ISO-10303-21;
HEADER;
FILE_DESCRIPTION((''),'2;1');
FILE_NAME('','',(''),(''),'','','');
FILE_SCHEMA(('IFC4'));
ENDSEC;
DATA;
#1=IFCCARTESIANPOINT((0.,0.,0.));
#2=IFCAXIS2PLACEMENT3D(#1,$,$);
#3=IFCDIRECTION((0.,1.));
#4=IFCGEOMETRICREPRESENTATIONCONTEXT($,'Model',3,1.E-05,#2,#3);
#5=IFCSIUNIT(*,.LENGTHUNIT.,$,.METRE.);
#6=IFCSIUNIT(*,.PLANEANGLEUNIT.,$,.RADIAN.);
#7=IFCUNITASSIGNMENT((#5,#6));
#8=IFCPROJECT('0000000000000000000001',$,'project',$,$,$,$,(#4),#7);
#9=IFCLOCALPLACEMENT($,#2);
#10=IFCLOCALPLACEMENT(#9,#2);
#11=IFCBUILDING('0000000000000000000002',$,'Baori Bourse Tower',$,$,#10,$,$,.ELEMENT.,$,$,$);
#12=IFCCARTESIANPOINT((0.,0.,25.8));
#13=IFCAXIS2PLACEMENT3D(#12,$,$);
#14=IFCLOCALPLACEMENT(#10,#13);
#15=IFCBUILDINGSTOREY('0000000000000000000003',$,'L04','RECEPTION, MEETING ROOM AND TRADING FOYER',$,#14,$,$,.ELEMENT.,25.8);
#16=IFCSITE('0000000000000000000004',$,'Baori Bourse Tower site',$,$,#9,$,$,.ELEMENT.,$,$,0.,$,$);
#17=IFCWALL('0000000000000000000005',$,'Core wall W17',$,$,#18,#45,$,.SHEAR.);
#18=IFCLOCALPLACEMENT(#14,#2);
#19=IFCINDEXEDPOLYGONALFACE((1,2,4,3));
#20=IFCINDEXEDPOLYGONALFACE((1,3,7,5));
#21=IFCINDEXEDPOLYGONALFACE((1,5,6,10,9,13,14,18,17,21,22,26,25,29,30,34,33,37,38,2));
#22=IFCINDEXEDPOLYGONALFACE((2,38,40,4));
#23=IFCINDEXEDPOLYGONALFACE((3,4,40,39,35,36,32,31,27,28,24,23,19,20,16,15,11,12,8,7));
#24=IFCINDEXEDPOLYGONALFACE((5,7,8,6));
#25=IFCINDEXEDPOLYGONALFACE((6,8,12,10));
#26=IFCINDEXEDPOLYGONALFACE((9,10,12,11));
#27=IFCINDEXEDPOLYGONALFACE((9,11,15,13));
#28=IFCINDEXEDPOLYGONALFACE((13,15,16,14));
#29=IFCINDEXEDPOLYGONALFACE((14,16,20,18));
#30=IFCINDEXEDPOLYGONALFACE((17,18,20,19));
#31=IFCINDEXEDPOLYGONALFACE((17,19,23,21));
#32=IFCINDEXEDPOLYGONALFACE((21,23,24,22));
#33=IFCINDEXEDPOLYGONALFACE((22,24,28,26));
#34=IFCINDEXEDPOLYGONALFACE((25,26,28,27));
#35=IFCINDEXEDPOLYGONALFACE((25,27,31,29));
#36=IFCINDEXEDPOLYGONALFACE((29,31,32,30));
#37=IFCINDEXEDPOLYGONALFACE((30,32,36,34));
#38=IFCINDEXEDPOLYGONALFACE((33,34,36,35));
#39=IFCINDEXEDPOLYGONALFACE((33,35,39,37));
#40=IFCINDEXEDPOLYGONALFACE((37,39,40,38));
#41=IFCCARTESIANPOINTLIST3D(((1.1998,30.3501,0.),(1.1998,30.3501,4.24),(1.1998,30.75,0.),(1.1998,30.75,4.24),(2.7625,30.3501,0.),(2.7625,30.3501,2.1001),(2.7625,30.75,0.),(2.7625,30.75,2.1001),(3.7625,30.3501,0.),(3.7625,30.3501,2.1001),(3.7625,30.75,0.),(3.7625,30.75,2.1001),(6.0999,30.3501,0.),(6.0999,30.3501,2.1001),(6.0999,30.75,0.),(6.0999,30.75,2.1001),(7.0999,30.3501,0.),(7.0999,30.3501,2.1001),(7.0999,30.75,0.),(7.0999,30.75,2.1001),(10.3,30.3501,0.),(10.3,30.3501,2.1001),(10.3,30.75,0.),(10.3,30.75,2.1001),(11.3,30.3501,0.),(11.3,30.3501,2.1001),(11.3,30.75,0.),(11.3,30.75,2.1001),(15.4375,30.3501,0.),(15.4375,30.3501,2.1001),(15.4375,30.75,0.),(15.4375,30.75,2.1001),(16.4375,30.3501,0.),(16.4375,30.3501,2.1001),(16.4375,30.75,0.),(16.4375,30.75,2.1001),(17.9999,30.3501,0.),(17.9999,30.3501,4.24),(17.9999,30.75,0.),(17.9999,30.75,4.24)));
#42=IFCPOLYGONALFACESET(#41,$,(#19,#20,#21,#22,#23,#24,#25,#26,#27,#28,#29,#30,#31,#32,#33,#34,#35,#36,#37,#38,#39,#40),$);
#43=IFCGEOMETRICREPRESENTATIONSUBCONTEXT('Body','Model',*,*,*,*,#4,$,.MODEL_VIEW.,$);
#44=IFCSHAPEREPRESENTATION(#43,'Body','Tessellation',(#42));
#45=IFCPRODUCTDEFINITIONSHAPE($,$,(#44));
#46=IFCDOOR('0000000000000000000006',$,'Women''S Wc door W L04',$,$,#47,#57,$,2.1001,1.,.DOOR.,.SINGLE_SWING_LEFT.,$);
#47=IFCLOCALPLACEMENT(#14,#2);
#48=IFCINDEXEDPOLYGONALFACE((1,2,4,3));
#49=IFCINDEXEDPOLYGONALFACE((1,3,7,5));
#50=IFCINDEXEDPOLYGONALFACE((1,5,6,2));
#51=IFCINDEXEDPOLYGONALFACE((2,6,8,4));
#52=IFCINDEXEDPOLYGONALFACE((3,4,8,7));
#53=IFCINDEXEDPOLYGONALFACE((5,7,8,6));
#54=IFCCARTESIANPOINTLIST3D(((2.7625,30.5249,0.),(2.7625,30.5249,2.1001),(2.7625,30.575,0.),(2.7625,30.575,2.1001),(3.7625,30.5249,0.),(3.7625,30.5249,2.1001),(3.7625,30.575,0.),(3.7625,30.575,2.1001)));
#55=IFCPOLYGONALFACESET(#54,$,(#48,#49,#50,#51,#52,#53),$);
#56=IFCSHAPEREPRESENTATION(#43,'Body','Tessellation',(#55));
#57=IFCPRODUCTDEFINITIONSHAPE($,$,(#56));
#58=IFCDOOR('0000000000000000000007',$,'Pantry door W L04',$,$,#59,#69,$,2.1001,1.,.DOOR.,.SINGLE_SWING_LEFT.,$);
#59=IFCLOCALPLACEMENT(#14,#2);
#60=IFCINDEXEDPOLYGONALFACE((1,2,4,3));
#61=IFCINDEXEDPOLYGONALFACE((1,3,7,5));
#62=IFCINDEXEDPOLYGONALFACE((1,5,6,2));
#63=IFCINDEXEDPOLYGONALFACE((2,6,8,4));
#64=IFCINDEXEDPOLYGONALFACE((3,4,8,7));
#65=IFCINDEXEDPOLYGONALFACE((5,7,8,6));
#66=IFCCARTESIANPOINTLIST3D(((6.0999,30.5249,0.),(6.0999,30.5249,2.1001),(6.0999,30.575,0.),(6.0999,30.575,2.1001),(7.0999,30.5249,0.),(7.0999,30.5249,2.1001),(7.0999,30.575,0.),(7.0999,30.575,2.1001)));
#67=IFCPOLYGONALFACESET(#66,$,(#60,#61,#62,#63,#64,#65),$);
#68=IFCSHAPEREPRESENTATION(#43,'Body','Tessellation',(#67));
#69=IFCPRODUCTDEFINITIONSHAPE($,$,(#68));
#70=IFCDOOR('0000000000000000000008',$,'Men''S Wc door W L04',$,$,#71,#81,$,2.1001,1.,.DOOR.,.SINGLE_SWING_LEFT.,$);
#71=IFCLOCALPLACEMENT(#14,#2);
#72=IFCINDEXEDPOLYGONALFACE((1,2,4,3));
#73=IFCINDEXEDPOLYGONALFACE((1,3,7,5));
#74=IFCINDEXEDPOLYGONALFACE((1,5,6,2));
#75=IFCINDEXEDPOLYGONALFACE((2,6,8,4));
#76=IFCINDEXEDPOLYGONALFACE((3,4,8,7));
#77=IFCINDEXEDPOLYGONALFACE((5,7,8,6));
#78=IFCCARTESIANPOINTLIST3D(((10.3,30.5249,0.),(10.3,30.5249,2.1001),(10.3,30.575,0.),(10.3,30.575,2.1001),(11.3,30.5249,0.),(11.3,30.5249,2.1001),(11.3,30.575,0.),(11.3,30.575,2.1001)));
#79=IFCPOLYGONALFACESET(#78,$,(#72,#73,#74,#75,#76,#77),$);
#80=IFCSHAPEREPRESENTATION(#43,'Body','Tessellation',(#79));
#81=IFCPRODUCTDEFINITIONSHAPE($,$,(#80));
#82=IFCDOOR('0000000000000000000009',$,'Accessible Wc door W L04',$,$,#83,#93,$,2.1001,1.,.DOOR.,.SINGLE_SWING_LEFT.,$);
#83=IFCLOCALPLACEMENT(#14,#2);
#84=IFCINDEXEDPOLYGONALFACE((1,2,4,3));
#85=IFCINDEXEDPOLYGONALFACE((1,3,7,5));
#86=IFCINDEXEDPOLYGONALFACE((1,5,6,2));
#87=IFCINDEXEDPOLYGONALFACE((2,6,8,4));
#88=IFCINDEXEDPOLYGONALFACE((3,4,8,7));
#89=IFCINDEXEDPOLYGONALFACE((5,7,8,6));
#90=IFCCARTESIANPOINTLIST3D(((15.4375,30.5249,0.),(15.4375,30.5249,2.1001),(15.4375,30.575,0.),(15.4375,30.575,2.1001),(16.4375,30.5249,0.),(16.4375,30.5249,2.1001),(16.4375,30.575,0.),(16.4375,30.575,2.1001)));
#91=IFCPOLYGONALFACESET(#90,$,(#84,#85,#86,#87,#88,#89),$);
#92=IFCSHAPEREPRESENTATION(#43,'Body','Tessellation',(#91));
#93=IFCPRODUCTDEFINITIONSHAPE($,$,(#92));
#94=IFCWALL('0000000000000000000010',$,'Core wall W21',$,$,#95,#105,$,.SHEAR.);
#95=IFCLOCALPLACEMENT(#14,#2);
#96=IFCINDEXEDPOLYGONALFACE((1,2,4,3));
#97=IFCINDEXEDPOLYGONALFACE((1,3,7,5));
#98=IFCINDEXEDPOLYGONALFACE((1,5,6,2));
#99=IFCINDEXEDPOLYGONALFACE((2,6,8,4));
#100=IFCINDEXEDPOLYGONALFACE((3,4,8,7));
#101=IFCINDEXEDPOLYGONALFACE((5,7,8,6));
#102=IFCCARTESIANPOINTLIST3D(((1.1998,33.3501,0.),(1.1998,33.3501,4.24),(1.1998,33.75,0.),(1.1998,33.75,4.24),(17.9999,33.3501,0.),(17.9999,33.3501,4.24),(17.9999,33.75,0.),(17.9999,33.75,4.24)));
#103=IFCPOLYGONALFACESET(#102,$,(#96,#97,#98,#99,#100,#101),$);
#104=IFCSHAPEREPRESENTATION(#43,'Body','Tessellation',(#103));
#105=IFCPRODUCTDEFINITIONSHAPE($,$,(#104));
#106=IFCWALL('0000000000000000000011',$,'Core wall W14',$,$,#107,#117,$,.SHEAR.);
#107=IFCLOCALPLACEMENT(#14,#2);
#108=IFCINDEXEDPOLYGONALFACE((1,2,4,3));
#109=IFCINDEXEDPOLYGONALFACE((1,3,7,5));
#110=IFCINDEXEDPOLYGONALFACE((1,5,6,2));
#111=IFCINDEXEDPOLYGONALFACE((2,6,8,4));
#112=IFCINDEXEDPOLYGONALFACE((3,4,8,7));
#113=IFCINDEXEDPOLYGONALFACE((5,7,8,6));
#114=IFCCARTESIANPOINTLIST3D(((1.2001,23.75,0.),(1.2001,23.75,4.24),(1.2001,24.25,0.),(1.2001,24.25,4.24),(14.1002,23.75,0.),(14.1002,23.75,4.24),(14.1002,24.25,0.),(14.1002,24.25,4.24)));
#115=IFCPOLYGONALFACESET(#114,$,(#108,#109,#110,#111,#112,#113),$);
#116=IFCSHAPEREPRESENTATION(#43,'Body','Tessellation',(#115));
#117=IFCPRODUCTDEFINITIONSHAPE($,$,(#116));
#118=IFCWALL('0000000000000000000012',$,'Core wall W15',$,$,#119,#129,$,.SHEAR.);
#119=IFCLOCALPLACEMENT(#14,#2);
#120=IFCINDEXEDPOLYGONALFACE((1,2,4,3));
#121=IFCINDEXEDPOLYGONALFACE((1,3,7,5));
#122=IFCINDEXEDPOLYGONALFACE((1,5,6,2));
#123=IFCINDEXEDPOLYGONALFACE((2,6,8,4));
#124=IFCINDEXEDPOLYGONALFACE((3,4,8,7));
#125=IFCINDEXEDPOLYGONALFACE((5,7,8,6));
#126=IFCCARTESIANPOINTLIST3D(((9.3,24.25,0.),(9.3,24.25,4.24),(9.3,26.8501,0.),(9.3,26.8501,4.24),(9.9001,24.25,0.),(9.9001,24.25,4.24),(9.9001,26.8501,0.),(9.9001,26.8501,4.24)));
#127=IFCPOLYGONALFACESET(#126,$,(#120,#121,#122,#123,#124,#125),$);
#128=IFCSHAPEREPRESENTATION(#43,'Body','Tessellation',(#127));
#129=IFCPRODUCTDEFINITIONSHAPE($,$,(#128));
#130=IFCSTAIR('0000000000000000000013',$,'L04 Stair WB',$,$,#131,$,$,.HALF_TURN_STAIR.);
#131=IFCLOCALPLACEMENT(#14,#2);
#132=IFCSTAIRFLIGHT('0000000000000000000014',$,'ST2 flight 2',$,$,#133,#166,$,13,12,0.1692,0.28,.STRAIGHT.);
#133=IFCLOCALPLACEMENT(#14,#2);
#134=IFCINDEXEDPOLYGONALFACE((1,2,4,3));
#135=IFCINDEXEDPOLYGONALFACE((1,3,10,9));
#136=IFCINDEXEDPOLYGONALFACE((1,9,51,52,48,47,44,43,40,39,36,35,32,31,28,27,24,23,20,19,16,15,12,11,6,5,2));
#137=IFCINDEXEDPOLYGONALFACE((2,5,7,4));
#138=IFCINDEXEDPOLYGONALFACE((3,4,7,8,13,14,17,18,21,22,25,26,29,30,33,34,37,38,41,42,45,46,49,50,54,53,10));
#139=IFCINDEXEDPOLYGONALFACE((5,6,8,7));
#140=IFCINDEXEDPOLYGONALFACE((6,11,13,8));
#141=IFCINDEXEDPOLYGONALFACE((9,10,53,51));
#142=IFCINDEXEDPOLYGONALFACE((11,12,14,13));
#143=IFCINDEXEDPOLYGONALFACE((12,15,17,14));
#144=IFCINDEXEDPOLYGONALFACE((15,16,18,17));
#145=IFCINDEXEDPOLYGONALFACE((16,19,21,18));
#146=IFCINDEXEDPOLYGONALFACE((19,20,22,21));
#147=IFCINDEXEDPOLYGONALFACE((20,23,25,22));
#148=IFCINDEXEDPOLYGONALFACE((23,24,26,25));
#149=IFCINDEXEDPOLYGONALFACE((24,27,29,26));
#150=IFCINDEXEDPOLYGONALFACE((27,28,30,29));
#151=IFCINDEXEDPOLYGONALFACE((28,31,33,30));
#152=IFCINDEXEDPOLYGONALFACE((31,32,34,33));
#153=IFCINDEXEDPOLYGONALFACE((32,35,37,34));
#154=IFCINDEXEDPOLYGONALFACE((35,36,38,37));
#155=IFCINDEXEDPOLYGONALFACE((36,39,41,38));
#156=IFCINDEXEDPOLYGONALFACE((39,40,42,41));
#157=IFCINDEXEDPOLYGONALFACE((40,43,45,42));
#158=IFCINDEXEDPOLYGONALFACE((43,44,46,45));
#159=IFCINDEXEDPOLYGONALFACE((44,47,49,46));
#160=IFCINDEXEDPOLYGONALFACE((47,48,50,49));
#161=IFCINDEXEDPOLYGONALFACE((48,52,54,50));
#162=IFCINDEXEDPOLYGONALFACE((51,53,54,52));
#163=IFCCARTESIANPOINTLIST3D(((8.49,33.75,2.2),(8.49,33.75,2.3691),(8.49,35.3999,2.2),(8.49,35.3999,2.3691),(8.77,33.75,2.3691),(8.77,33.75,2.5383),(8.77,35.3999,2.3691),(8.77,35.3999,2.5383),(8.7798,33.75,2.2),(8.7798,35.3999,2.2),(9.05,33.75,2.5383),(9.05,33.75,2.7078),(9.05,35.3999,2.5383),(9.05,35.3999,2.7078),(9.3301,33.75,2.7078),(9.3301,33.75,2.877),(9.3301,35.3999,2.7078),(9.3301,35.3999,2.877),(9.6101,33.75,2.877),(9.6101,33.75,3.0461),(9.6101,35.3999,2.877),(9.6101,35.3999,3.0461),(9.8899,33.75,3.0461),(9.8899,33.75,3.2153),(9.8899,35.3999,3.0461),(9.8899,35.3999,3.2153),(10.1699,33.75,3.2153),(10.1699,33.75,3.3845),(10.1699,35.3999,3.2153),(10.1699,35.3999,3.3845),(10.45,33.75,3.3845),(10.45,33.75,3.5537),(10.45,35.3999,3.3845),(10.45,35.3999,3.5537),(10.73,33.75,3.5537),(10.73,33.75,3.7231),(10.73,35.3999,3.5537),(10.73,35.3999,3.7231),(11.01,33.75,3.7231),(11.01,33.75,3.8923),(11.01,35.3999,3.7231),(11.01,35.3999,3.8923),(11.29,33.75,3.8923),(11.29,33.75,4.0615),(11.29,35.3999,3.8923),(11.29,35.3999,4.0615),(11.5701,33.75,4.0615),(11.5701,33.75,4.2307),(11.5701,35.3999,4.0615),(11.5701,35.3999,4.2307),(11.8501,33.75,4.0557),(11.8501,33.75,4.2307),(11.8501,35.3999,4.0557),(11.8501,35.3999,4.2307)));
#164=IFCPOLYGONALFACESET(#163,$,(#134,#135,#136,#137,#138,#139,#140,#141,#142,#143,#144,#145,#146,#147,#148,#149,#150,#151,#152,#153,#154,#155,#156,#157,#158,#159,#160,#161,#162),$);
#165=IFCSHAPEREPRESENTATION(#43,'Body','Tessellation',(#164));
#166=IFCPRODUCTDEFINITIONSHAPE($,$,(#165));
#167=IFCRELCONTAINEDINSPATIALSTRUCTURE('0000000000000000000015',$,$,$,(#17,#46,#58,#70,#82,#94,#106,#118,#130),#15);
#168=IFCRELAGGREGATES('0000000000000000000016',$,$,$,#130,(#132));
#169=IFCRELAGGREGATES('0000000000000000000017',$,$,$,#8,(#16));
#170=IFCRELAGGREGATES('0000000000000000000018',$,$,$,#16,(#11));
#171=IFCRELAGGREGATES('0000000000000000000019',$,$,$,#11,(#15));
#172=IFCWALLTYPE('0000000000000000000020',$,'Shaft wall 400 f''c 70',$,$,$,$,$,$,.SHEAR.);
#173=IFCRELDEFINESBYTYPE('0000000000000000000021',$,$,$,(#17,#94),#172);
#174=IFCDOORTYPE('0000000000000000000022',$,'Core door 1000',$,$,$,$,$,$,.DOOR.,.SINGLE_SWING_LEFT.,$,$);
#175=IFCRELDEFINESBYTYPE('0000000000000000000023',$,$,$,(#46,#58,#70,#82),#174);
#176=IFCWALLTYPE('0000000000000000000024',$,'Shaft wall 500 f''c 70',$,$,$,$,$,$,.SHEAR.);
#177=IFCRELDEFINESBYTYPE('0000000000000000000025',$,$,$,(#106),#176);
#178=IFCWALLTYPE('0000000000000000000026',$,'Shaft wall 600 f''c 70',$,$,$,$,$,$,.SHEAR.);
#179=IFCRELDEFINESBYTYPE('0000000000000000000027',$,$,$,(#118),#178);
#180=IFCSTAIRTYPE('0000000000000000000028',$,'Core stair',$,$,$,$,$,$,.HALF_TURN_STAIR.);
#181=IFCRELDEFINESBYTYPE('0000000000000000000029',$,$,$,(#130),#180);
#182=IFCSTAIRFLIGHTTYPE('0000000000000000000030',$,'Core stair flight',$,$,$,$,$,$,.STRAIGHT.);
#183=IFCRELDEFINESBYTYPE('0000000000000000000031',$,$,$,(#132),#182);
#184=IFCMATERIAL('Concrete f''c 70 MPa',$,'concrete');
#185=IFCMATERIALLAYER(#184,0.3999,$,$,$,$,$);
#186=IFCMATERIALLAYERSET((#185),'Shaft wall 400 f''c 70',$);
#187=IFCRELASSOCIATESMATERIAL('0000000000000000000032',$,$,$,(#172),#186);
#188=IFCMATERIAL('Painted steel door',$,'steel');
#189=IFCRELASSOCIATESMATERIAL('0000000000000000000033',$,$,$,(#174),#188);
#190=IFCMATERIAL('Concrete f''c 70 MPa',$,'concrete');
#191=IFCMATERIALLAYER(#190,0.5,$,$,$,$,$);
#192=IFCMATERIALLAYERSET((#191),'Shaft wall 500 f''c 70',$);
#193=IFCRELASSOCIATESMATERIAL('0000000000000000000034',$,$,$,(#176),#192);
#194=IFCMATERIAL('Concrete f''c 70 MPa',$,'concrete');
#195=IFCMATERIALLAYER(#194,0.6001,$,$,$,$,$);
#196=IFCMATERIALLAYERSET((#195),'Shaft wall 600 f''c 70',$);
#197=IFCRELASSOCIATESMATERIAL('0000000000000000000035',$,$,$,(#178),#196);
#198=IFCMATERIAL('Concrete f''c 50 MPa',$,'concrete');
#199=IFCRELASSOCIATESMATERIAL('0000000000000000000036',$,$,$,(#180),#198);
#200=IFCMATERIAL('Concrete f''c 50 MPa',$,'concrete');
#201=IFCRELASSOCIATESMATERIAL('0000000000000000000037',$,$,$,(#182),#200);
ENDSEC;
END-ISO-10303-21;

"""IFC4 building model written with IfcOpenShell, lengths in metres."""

from ifc_helpers import new_model, si_unit, direction, frame, frame_2d, origin, place, context, subcontext, project, spatial, polyline, rectangle, outline, extrude, material, layer, layer_set, type_object, element, fill, aggregate, save


model = new_model("IFC4")

# Units and contexts
model_context = context("Model", 3, precision=1e-05, world=origin(), true_north=direction((0.0, 1.0)))
body_context = subcontext(model_context, "Body", "Model", "MODEL_VIEW")
ifc_project = project(units=[si_unit("LENGTHUNIT", "METRE"), si_unit("PLANEANGLEUNIT", "RADIAN")], contexts=[model_context])

# Site, building, storey
site_placement = place(None, origin())
site = spatial("IfcSite", under=ifc_project, at=site_placement, Name="Baori Bourse Tower site", CompositionType="ELEMENT", RefElevation=0.0)
building_placement = place(site_placement, origin())
building = spatial("IfcBuilding", under=site, at=building_placement, Name="Baori Bourse Tower", CompositionType="ELEMENT")
storey_placement = place(building_placement, frame((0.0, 0.0, 25.8)))
storey = spatial("IfcBuildingStorey", under=building, at=storey_placement, Name="L04", Description="RECEPTION, MEETING ROOM AND TRADING FOYER", CompositionType="ELEMENT", Elevation=25.8)

# Shared definitions
ifc_material_1 = material(Name="Concrete f'c 70 MPa", Category="concrete")
ifc_layer_1 = layer(ifc_material_1, 0.3999)
ifc_layer_set_1 = layer_set([ifc_layer_1], Name="Shaft wall 400 f'c 70")
wall_type_1 = type_object("IfcWallType", Name="Shaft wall 400 f'c 70", PredefinedType="SHEAR", material=ifc_layer_set_1)

# Wall, openings, doors
wall_1_placement = place(storey_placement, frame((1.2, 30.55, 0.0), z_axis=(0.0, 0.0, 1.0), x_axis=(1.0, 0.0, 0.0)))
wall_1 = element("IfcWall", 1, at=wall_1_placement, inside=storey, type_object=wall_type_1, Name="Core wall W17", PredefinedType="SHEAR", context=body_context, shape_type="SweptSolid", body=[
    extrude(rectangle(XDim=16.8, YDim=0.3999, at=frame_2d((8.3999, 0.0))), origin(), (0.0, 0.0, 1.0), 4.24),
])
opening_1_placement = place(wall_1_placement, frame((1.5625, 0.0, 0.0)))
opening_1 = element("IfcOpeningElement", 2, at=opening_1_placement, cuts=wall_1, PredefinedType="OPENING", context=body_context, shape_type="SweptSolid", body=[
    extrude(rectangle(XDim=1.0, YDim=2.1001, at=frame_2d((0.5, 1.05))), frame((0.0, 0.21, 0.0), z_axis=(0.0, -1.0, 0.0), x_axis=(1.0, 0.0, 0.0)), (0.0, 0.0, 1.0), 0.4199),
])
opening_2_placement = place(wall_1_placement, frame((4.8999, 0.0, 0.0)))
opening_2 = element("IfcOpeningElement", 3, at=opening_2_placement, cuts=wall_1, PredefinedType="OPENING", context=body_context, shape_type="SweptSolid", body=[
    extrude(rectangle(XDim=1.0, YDim=2.1001, at=frame_2d((0.5, 1.05))), frame((0.0, 0.21, 0.0), z_axis=(0.0, -1.0, 0.0), x_axis=(1.0, 0.0, 0.0)), (0.0, 0.0, 1.0), 0.4199),
])
opening_3_placement = place(wall_1_placement, frame((9.1001, 0.0, 0.0)))
opening_3 = element("IfcOpeningElement", 4, at=opening_3_placement, cuts=wall_1, PredefinedType="OPENING", context=body_context, shape_type="SweptSolid", body=[
    extrude(rectangle(XDim=1.0, YDim=2.1001, at=frame_2d((0.5, 1.05))), frame((0.0, 0.21, 0.0), z_axis=(0.0, -1.0, 0.0), x_axis=(1.0, 0.0, 0.0)), (0.0, 0.0, 1.0), 0.4199),
])
opening_4_placement = place(wall_1_placement, frame((14.2375, 0.0, 0.0)))
opening_4 = element("IfcOpeningElement", 5, at=opening_4_placement, cuts=wall_1, PredefinedType="OPENING", context=body_context, shape_type="SweptSolid", body=[
    extrude(rectangle(XDim=1.0, YDim=2.1001, at=frame_2d((0.5, 1.05))), frame((0.0, 0.21, 0.0), z_axis=(0.0, -1.0, 0.0), x_axis=(1.0, 0.0, 0.0)), (0.0, 0.0, 1.0), 0.4199),
])
ifc_material_2 = material(Name="Painted steel door", Category="steel")
door_type_1 = type_object("IfcDoorType", Name="Core door 1000", OperationType="SINGLE_SWING_LEFT", PredefinedType="DOOR", material=ifc_material_2)
door_1_placement = place(opening_1_placement, origin())
door_1 = element("IfcDoor", 6, at=door_1_placement, inside=storey, type_object=door_type_1, Name="Women'S Wc door W L04", OperationType="SINGLE_SWING_LEFT", OverallHeight=2.1001, OverallWidth=1.0, PredefinedType="DOOR", context=body_context, shape_type="SweptSolid", body=[
    extrude(rectangle(XDim=1.0, YDim=2.1001, at=frame_2d((0.5, 1.05))), frame((0.0, 0.0249, 0.0), z_axis=(0.0, -1.0, 0.0), x_axis=(1.0, 0.0, 0.0)), (0.0, 0.0, 1.0), 0.05),
])
fill(opening_1, door_1)
door_2_placement = place(opening_2_placement, origin())
door_2 = element("IfcDoor", 7, at=door_2_placement, inside=storey, type_object=door_type_1, Name="Pantry door W L04", OperationType="SINGLE_SWING_LEFT", OverallHeight=2.1001, OverallWidth=1.0, PredefinedType="DOOR", context=body_context, shape_type="SweptSolid", body=[
    extrude(rectangle(XDim=1.0, YDim=2.1001, at=frame_2d((0.5, 1.05))), frame((0.0, 0.0249, 0.0), z_axis=(0.0, -1.0, 0.0), x_axis=(1.0, 0.0, 0.0)), (0.0, 0.0, 1.0), 0.05),
])
fill(opening_2, door_2)
door_3_placement = place(opening_3_placement, origin())
door_3 = element("IfcDoor", 8, at=door_3_placement, inside=storey, type_object=door_type_1, Name="Men'S Wc door W L04", OperationType="SINGLE_SWING_LEFT", OverallHeight=2.1001, OverallWidth=1.0, PredefinedType="DOOR", context=body_context, shape_type="SweptSolid", body=[
    extrude(rectangle(XDim=1.0, YDim=2.1001, at=frame_2d((0.5, 1.05))), frame((0.0, 0.0249, 0.0), z_axis=(0.0, -1.0, 0.0), x_axis=(1.0, 0.0, 0.0)), (0.0, 0.0, 1.0), 0.05),
])
fill(opening_3, door_3)
door_4_placement = place(opening_4_placement, origin())
door_4 = element("IfcDoor", 9, at=door_4_placement, inside=storey, type_object=door_type_1, Name="Accessible Wc door W L04", OperationType="SINGLE_SWING_LEFT", OverallHeight=2.1001, OverallWidth=1.0, PredefinedType="DOOR", context=body_context, shape_type="SweptSolid", body=[
    extrude(rectangle(XDim=1.0, YDim=2.1001, at=frame_2d((0.5, 1.05))), frame((0.0, 0.0249, 0.0), z_axis=(0.0, -1.0, 0.0), x_axis=(1.0, 0.0, 0.0)), (0.0, 0.0, 1.0), 0.05),
])
fill(opening_4, door_4)

# Walls
wall_2_placement = place(storey_placement, frame((1.2, 33.55, 0.0), z_axis=(0.0, 0.0, 1.0), x_axis=(1.0, 0.0, 0.0)))
element("IfcWall", 10, at=wall_2_placement, inside=storey, type_object=wall_type_1, Name="Core wall W21", PredefinedType="SHEAR", context=body_context, shape_type="SweptSolid", body=[
    extrude(rectangle(XDim=16.8, YDim=0.3999, at=frame_2d((8.3999, 0.0))), origin(), (0.0, 0.0, 1.0), 4.24),
])
ifc_material_3 = material(Name="Concrete f'c 70 MPa", Category="concrete")
ifc_layer_2 = layer(ifc_material_3, 0.5)
ifc_layer_set_2 = layer_set([ifc_layer_2], Name="Shaft wall 500 f'c 70")
wall_type_2 = type_object("IfcWallType", Name="Shaft wall 500 f'c 70", PredefinedType="SHEAR", material=ifc_layer_set_2)
wall_3_placement = place(storey_placement, frame((1.2, 24.0, 0.0), z_axis=(0.0, 0.0, 1.0), x_axis=(1.0, 0.0, 0.0)))
element("IfcWall", 11, at=wall_3_placement, inside=storey, type_object=wall_type_2, Name="Core wall W14", PredefinedType="SHEAR", context=body_context, shape_type="SweptSolid", body=[
    extrude(rectangle(XDim=12.9001, YDim=0.5, at=frame_2d((6.4502, 0.0))), origin(), (0.0, 0.0, 1.0), 4.24),
])
ifc_material_4 = material(Name="Concrete f'c 70 MPa", Category="concrete")
ifc_layer_3 = layer(ifc_material_4, 0.6001)
ifc_layer_set_3 = layer_set([ifc_layer_3], Name="Shaft wall 600 f'c 70")
wall_type_3 = type_object("IfcWallType", Name="Shaft wall 600 f'c 70", PredefinedType="SHEAR", material=ifc_layer_set_3)
wall_4_placement = place(storey_placement, frame((9.6001, 24.25, 0.0), z_axis=(0.0, 0.0, 1.0), x_axis=(0.0, 1.0, 0.0)))
element("IfcWall", 12, at=wall_4_placement, inside=storey, type_object=wall_type_3, Name="Core wall W15", PredefinedType="SHEAR", context=body_context, shape_type="SweptSolid", body=[
    extrude(rectangle(XDim=2.6001, YDim=0.6001, at=frame_2d((1.3, 0.0))), origin(), (0.0, 0.0, 1.0), 4.24),
])

# Stair, stair flight
ifc_material_5 = material(Name="Concrete f'c 50 MPa", Category="concrete")
stair_type = type_object("IfcStairType", Name="Core stair", PredefinedType="HALF_TURN_STAIR", material=ifc_material_5)
stair_placement = place(storey_placement, origin())
stair = element("IfcStair", 13, at=stair_placement, inside=storey, type_object=stair_type, Name="L04 Stair WB", PredefinedType="HALF_TURN_STAIR")
ifc_material_6 = material(Name="Concrete f'c 50 MPa", Category="concrete")
stair_flight_type = type_object("IfcStairFlightType", Name="Core stair flight", PredefinedType="STRAIGHT", material=ifc_material_6)
stair_flight_placement = place(storey_placement, frame((8.49, 34.575, 2.2), z_axis=(0.0, 0.0, 1.0), x_axis=(1.0, 0.0, 0.0)))
stair_flight = element("IfcStairFlight", 14, at=stair_flight_placement, type_object=stair_flight_type, Name="ST2 flight 2", NumberOfRisers=13, NumberOfTreads=12, PredefinedType="STRAIGHT", RiserHeight=0.1692, TreadLength=0.28, context=body_context, shape_type="SweptSolid", body=[
    extrude(outline(polyline([(0.0, 0.0), (0.0, 0.1692), (0.28, 0.1692), (0.28, 0.3384), (0.5601, 0.3384), (0.5601, 0.5078), (0.8401, 0.5078), (0.8401, 0.677), (1.1201, 0.677), (1.1201, 0.8462), (1.3999, 0.8462), (1.3999, 1.0154), (1.6799, 1.0154), (1.6799, 1.1846), (1.96, 1.1846), (1.96, 1.3538), (2.24, 1.3538), (2.24, 1.5232), (2.52, 1.5232), (2.52, 1.6924), (2.8, 1.6924), (2.8, 1.8616), (3.0801, 1.8616), (3.0801, 2.0308), (3.3601, 2.0308), (3.3601, 2.2), (3.3601, 1.8557), (0.2898, 0.0), (0.0, 0.0)])), frame((0.0, 0.825, 0.0), z_axis=(0.0, -1.0, 0.0), x_axis=(1.0, 0.0, 0.0)), (0.0, 0.0, 1.0), 1.6499),
])
aggregate(stair, [stair_flight])

save(model, "model.ifc")
